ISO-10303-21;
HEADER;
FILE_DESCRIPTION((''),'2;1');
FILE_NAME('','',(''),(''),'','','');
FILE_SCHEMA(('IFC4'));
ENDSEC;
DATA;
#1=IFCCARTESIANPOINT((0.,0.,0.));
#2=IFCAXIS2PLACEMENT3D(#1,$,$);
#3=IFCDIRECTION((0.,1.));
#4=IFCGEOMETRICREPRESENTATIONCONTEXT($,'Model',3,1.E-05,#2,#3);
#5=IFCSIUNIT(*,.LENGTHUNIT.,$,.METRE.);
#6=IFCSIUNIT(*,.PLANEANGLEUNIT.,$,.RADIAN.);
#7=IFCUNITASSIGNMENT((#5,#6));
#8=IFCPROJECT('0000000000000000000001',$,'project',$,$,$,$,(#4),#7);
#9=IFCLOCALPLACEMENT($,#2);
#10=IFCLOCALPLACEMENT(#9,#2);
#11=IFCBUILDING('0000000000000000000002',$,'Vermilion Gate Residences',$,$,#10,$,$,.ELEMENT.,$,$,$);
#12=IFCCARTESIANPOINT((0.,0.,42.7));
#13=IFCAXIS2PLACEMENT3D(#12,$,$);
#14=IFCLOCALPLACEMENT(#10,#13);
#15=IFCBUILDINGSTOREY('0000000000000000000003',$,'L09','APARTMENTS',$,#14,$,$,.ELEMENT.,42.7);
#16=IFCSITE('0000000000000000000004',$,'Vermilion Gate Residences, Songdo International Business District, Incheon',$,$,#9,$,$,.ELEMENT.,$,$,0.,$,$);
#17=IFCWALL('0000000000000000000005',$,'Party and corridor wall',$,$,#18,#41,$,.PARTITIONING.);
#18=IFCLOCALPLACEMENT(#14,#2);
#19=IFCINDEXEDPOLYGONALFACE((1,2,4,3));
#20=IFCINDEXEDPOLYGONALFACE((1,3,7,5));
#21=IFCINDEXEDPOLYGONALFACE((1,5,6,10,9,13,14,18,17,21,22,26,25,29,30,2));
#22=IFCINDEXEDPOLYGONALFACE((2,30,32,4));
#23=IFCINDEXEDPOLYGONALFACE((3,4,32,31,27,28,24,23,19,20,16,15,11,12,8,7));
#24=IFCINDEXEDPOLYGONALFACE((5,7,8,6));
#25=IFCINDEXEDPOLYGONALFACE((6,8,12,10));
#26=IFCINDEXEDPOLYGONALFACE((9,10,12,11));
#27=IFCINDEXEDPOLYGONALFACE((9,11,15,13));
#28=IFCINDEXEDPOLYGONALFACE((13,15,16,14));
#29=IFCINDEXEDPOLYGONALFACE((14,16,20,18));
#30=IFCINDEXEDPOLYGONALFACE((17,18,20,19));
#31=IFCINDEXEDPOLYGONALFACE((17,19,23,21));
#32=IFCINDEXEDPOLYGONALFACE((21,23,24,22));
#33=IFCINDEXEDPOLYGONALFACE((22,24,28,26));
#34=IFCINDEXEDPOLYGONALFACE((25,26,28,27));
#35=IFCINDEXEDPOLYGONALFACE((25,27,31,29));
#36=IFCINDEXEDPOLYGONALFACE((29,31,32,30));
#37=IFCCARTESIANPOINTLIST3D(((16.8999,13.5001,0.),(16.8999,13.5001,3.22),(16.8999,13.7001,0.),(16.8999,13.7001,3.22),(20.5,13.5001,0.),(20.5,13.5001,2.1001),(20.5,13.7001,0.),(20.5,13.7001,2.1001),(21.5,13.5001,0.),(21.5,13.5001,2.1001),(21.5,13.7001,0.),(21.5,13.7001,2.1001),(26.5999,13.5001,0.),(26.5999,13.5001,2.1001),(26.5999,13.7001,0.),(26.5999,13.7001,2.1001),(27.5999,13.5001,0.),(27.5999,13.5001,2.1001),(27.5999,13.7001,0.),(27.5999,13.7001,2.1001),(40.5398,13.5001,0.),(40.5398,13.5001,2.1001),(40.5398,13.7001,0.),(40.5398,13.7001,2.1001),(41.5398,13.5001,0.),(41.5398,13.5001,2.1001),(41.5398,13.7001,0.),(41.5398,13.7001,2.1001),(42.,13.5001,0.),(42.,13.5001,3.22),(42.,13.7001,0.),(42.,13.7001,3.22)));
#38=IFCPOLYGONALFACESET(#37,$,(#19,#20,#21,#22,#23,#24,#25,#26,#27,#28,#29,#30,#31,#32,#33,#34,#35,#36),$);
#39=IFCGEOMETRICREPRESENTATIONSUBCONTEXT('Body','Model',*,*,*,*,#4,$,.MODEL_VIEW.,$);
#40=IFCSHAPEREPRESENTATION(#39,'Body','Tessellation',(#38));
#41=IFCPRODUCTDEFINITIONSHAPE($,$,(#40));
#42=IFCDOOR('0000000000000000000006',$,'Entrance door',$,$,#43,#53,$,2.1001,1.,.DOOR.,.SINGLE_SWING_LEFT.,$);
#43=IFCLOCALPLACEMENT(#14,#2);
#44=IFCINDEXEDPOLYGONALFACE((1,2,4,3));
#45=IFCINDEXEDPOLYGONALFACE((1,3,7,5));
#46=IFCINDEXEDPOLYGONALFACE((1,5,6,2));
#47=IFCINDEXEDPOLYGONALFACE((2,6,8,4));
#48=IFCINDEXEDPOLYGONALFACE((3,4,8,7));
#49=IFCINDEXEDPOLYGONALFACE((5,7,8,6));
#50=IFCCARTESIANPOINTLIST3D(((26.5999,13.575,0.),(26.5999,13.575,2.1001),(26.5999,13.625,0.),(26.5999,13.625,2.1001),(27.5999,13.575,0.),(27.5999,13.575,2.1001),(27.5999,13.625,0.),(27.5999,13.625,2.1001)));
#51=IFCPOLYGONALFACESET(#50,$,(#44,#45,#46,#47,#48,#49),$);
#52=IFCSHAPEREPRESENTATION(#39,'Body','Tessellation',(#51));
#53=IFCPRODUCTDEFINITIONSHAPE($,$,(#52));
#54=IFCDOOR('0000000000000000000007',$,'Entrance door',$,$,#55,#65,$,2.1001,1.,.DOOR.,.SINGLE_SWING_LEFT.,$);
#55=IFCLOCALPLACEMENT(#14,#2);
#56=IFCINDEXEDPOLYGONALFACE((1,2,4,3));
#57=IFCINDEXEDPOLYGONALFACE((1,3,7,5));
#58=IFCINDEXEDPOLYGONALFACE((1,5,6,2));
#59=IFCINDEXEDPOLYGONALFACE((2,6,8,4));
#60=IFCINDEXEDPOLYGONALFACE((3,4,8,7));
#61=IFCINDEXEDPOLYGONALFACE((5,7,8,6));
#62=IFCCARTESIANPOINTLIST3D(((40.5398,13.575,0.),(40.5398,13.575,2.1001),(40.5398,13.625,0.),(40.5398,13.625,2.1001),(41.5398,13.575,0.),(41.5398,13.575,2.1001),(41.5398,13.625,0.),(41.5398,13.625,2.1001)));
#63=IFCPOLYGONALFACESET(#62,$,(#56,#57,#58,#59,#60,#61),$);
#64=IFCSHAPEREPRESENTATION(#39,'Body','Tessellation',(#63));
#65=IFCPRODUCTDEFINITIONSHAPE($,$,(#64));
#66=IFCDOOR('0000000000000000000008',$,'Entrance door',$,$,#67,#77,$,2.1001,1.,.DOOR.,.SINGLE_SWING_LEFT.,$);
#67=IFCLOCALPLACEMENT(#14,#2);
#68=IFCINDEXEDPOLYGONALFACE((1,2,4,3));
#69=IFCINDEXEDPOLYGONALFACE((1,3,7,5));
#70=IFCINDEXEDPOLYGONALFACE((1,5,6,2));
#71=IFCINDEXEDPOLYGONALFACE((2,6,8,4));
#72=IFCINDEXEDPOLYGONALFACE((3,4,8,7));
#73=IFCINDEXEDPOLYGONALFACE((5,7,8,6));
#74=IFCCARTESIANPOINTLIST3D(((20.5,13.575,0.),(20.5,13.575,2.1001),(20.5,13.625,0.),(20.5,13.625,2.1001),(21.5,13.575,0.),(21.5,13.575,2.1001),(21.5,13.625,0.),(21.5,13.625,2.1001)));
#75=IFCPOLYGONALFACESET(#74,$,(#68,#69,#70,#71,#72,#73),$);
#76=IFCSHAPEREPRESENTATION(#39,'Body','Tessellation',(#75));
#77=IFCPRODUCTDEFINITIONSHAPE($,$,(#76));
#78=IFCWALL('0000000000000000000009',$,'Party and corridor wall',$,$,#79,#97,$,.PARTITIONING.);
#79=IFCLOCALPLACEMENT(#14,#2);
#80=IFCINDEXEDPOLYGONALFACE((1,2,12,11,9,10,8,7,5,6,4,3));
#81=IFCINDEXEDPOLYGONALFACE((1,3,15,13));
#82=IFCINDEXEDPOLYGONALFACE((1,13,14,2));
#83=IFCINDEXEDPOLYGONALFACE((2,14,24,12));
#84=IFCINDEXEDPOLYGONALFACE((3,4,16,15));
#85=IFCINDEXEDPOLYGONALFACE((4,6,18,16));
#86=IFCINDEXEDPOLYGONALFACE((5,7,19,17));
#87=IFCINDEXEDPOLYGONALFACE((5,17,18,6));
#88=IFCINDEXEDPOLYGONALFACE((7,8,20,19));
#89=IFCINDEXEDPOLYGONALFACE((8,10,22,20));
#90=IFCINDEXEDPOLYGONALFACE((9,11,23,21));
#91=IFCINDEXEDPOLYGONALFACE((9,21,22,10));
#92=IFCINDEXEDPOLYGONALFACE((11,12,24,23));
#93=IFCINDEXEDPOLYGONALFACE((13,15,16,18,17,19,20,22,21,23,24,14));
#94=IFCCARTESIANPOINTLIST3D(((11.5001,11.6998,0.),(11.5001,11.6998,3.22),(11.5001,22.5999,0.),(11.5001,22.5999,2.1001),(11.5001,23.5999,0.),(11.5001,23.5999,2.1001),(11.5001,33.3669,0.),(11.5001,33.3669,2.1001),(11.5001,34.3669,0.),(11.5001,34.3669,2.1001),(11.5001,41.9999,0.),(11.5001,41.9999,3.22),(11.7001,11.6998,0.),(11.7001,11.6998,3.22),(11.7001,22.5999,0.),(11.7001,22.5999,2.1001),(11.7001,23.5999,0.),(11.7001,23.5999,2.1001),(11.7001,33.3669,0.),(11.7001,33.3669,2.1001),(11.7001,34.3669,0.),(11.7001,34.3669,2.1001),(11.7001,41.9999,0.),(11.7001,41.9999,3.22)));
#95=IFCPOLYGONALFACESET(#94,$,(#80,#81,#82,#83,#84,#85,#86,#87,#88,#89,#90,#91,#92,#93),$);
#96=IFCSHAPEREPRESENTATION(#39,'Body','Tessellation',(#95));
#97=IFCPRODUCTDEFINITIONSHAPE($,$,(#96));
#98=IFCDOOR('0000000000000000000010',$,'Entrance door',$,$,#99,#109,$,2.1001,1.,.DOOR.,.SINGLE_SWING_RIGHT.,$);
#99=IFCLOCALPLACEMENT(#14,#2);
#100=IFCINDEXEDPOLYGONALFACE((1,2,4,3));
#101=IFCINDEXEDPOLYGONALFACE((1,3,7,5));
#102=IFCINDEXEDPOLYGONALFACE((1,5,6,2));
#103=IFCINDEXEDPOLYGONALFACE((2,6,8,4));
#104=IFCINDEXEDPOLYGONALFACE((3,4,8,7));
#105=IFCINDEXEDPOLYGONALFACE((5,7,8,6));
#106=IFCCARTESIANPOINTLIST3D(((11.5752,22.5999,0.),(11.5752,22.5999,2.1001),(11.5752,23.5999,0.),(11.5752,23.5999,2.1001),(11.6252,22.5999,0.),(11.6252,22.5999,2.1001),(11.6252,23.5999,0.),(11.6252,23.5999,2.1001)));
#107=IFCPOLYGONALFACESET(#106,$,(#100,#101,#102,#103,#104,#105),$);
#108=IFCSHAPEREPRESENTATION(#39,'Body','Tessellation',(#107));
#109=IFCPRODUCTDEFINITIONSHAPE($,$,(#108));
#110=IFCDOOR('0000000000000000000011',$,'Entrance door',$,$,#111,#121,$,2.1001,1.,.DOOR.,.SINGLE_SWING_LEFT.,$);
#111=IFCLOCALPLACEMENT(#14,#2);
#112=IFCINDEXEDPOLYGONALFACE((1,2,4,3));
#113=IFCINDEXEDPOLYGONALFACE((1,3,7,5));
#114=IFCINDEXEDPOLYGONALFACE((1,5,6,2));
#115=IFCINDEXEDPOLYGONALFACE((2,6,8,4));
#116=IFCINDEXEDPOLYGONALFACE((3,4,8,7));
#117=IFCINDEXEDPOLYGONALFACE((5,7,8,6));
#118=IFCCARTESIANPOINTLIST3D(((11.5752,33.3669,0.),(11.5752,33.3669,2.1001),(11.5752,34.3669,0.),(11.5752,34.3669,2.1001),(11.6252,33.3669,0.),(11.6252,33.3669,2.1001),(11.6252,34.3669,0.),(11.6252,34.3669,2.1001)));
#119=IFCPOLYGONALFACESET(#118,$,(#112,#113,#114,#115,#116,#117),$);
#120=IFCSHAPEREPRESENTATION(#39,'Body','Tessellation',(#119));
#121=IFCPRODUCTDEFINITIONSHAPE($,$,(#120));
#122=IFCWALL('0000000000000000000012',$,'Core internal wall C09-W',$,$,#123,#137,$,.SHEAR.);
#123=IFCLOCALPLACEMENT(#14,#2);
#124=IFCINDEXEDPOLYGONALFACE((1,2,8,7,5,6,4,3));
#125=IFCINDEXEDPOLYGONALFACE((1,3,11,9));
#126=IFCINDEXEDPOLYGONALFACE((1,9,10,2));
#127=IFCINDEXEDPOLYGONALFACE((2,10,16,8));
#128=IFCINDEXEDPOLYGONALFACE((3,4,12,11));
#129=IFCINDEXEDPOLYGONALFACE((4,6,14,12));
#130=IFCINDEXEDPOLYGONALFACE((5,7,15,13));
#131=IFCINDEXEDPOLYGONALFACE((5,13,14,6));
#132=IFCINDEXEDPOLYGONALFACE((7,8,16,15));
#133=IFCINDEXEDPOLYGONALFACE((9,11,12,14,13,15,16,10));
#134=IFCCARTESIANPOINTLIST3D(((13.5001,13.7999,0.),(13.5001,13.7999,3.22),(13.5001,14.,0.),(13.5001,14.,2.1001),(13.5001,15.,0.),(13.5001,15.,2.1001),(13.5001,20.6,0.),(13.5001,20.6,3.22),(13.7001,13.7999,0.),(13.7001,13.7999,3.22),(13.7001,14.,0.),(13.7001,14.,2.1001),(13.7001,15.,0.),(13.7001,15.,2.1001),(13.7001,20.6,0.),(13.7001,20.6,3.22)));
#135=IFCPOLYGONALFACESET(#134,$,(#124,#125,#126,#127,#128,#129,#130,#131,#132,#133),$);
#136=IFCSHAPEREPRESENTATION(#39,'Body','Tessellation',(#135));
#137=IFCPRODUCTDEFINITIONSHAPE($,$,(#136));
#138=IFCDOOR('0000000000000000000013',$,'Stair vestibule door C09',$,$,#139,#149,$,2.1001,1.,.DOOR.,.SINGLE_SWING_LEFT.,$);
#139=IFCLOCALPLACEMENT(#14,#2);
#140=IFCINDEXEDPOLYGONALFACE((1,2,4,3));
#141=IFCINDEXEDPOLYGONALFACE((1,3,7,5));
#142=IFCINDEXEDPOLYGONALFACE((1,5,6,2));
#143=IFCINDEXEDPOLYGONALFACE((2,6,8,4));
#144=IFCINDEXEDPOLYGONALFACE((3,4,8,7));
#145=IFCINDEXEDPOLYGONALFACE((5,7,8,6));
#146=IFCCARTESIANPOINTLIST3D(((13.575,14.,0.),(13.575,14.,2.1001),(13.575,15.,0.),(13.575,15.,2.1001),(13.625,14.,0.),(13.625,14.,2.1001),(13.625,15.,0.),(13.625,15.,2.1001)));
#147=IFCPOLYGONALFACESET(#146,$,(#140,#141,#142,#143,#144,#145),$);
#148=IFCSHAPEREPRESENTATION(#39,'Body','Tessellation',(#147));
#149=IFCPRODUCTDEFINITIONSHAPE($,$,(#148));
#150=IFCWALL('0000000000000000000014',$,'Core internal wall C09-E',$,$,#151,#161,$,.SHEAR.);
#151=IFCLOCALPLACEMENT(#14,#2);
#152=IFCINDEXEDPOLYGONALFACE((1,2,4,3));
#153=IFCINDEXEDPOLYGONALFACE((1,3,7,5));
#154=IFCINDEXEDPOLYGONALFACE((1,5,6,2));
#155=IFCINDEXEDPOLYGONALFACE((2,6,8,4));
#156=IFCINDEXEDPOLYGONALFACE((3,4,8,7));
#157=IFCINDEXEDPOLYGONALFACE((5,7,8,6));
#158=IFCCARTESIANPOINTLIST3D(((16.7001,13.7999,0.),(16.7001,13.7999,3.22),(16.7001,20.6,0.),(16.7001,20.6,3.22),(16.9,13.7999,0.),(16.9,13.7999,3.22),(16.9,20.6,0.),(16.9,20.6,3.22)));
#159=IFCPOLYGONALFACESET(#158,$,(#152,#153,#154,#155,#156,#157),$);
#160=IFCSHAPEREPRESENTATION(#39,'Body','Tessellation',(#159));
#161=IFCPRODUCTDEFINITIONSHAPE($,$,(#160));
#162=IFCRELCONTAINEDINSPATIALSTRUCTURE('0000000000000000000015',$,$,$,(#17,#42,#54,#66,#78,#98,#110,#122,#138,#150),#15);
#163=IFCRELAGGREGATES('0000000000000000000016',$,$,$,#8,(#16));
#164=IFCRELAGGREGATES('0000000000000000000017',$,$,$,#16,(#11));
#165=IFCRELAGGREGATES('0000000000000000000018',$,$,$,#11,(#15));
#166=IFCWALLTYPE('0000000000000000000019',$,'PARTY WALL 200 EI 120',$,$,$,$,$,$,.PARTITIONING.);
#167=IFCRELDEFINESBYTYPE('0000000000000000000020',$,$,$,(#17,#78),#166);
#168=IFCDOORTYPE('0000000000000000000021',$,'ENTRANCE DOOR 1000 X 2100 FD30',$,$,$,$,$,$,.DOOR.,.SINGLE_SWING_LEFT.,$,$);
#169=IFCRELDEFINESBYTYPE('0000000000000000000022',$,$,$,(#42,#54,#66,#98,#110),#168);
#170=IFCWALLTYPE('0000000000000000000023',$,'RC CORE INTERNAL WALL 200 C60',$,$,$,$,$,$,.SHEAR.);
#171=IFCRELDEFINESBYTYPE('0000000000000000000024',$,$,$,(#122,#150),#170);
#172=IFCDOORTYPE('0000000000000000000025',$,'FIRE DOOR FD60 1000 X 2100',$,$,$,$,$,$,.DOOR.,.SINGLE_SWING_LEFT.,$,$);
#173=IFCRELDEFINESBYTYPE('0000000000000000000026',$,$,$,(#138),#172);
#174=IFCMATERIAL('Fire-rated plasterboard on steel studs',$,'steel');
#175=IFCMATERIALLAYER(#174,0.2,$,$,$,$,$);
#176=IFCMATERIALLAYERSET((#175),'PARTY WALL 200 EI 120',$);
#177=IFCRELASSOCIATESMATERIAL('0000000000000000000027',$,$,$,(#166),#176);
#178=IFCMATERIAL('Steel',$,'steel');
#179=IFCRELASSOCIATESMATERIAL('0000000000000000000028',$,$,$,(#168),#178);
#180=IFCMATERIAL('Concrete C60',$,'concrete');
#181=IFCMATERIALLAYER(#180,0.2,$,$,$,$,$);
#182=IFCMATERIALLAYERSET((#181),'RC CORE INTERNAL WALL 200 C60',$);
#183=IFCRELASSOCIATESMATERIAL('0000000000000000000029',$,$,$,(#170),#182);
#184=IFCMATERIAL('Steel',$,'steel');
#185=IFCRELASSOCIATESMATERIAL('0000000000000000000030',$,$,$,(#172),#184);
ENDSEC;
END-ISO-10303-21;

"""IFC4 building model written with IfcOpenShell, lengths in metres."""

from ifc_helpers import new_model, si_unit, direction, frame, frame_2d, origin, place, context, subcontext, project, spatial, rectangle, extrude, material, layer, layer_set, type_object, element, fill, save


model = new_model("IFC4")

# Units and contexts
model_context = context("Model", 3, precision=1e-05, world=origin(), true_north=direction((0.0, 1.0)))
body_context = subcontext(model_context, "Body", "Model", "MODEL_VIEW")
ifc_project = project(units=[si_unit("LENGTHUNIT", "METRE"), si_unit("PLANEANGLEUNIT", "RADIAN")], contexts=[model_context])

# Site, building, storey
site_placement = place(None, origin())
site = spatial("IfcSite", under=ifc_project, at=site_placement, Name="Vermilion Gate Residences, Songdo International Business District, Incheon", CompositionType="ELEMENT", RefElevation=0.0)
building_placement = place(site_placement, origin())
building = spatial("IfcBuilding", under=site, at=building_placement, Name="Vermilion Gate Residences", CompositionType="ELEMENT")
storey_placement = place(building_placement, frame((0.0, 0.0, 42.7)))
storey = spatial("IfcBuildingStorey", under=building, at=storey_placement, Name="L09", Description="APARTMENTS", CompositionType="ELEMENT", Elevation=42.7)

# Walls, openings, doors
ifc_material_1 = material(Name="Fire-rated plasterboard on steel studs", Category="steel")
ifc_layer_1 = layer(ifc_material_1, 0.2)
ifc_layer_set_1 = layer_set([ifc_layer_1], Name="PARTY WALL 200 EI 120")
wall_type_1 = type_object("IfcWallType", Name="PARTY WALL 200 EI 120", PredefinedType="PARTITIONING", material=ifc_layer_set_1)
wall_1_placement = place(storey_placement, frame((16.8999, 13.6001, 0.0), z_axis=(0.0, 0.0, 1.0), x_axis=(1.0, 0.0, 0.0)))
wall_1 = element("IfcWall", 1, at=wall_1_placement, inside=storey, type_object=wall_type_1, Name="Party and corridor wall", PredefinedType="PARTITIONING", context=body_context, shape_type="SweptSolid", body=[
    extrude(rectangle(XDim=25.1001, YDim=0.2, at=frame_2d((12.55, 0.0))), origin(), (0.0, 0.0, 1.0), 3.22),
])
opening_1_placement = place(wall_1_placement, frame((9.7, 0.0, 0.0)))
opening_1 = element("IfcOpeningElement", 2, at=opening_1_placement, cuts=wall_1, PredefinedType="OPENING", context=body_context, shape_type="SweptSolid", body=[
    extrude(rectangle(XDim=1.0, YDim=2.1001, at=frame_2d((0.5, 1.05))), frame((0.0, 0.1099, 0.0), z_axis=(0.0, -1.0, 0.0), x_axis=(1.0, 0.0, 0.0)), (0.0, 0.0, 1.0), 0.22),
])
opening_2_placement = place(wall_1_placement, frame((23.6399, 0.0, 0.0)))
opening_2 = element("IfcOpeningElement", 3, at=opening_2_placement, cuts=wall_1, PredefinedType="OPENING", context=body_context, shape_type="SweptSolid", body=[
    extrude(rectangle(XDim=1.0, YDim=2.1001, at=frame_2d((0.5, 1.05))), frame((0.0, 0.1099, 0.0), z_axis=(0.0, -1.0, 0.0), x_axis=(1.0, 0.0, 0.0)), (0.0, 0.0, 1.0), 0.22),
])
opening_3_placement = place(wall_1_placement, frame((3.6001, 0.0, 0.0)))
opening_3 = element("IfcOpeningElement", 4, at=opening_3_placement, cuts=wall_1, PredefinedType="OPENING", context=body_context, shape_type="SweptSolid", body=[
    extrude(rectangle(XDim=1.0, YDim=2.1001, at=frame_2d((0.5, 1.05))), frame((0.0, 0.1099, 0.0), z_axis=(0.0, -1.0, 0.0), x_axis=(1.0, 0.0, 0.0)), (0.0, 0.0, 1.0), 0.22),
])
ifc_material_2 = material(Name="Steel", Category="steel")
door_type_1 = type_object("IfcDoorType", Name="ENTRANCE DOOR 1000 X 2100 FD30", OperationType="SINGLE_SWING_LEFT", PredefinedType="DOOR", material=ifc_material_2)
door_1_placement = place(opening_1_placement, origin())
door_1 = element("IfcDoor", 5, at=door_1_placement, inside=storey, type_object=door_type_1, Name="Entrance door", OperationType="SINGLE_SWING_LEFT", OverallHeight=2.1001, OverallWidth=1.0, PredefinedType="DOOR", context=body_context, shape_type="SweptSolid", body=[
    extrude(rectangle(XDim=1.0, YDim=2.1001, at=frame_2d((0.5, 1.05))), frame((0.0, 0.0249, 0.0), z_axis=(0.0, -1.0, 0.0), x_axis=(1.0, 0.0, 0.0)), (0.0, 0.0, 1.0), 0.05),
])
fill(opening_1, door_1)
door_2_placement = place(opening_2_placement, origin())
door_2 = element("IfcDoor", 6, at=door_2_placement, inside=storey, type_object=door_type_1, Name="Entrance door", OperationType="SINGLE_SWING_LEFT", OverallHeight=2.1001, OverallWidth=1.0, PredefinedType="DOOR", context=body_context, shape_type="SweptSolid", body=[
    extrude(rectangle(XDim=1.0, YDim=2.1001, at=frame_2d((0.5, 1.05))), frame((0.0, 0.0249, 0.0), z_axis=(0.0, -1.0, 0.0), x_axis=(1.0, 0.0, 0.0)), (0.0, 0.0, 1.0), 0.05),
])
fill(opening_2, door_2)
door_3_placement = place(opening_3_placement, origin())
door_3 = element("IfcDoor", 7, at=door_3_placement, inside=storey, type_object=door_type_1, Name="Entrance door", OperationType="SINGLE_SWING_LEFT", OverallHeight=2.1001, OverallWidth=1.0, PredefinedType="DOOR", context=body_context, shape_type="SweptSolid", body=[
    extrude(rectangle(XDim=1.0, YDim=2.1001, at=frame_2d((0.5, 1.05))), frame((0.0, 0.0249, 0.0), z_axis=(0.0, -1.0, 0.0), x_axis=(1.0, 0.0, 0.0)), (0.0, 0.0, 1.0), 0.05),
])
fill(opening_3, door_3)
wall_2_placement = place(storey_placement, frame((11.6001, 11.7, 0.0), z_axis=(0.0, 0.0, 1.0), x_axis=(0.0, 1.0, 0.0)))
wall_2 = element("IfcWall", 8, at=wall_2_placement, inside=storey, type_object=wall_type_1, Name="Party and corridor wall", PredefinedType="PARTITIONING", context=body_context, shape_type="SweptSolid", body=[
    extrude(rectangle(XDim=30.3, YDim=0.2, at=frame_2d((15.1499, 0.0))), origin(), (0.0, 0.0, 1.0), 3.22),
])
opening_4_placement = place(wall_2_placement, frame((10.8999, 0.0, 0.0)))
opening_4 = element("IfcOpeningElement", 9, at=opening_4_placement, cuts=wall_2, PredefinedType="OPENING", context=body_context, shape_type="SweptSolid", body=[
    extrude(rectangle(XDim=1.0, YDim=2.1001, at=frame_2d((0.5, 1.05))), frame((0.0, 0.1099, 0.0), z_axis=(0.0, -1.0, 0.0), x_axis=(1.0, 0.0, 0.0)), (0.0, 0.0, 1.0), 0.22),
])
opening_5_placement = place(wall_2_placement, frame((21.667, 0.0, 0.0)))
opening_5 = element("IfcOpeningElement", 10, at=opening_5_placement, cuts=wall_2, PredefinedType="OPENING", context=body_context, shape_type="SweptSolid", body=[
    extrude(rectangle(XDim=1.0, YDim=2.1001, at=frame_2d((0.5, 1.05))), frame((0.0, 0.1099, 0.0), z_axis=(0.0, -1.0, 0.0), x_axis=(1.0, 0.0, 0.0)), (0.0, 0.0, 1.0), 0.22),
])
door_4_placement = place(opening_4_placement, origin())
door_4 = element("IfcDoor", 11, at=door_4_placement, inside=storey, type_object=door_type_1, Name="Entrance door", OperationType="SINGLE_SWING_RIGHT", OverallHeight=2.1001, OverallWidth=1.0, PredefinedType="DOOR", context=body_context, shape_type="SweptSolid", body=[
    extrude(rectangle(XDim=1.0, YDim=2.1001, at=frame_2d((0.5, 1.05))), frame((0.0, 0.0249, 0.0), z_axis=(0.0, -1.0, 0.0), x_axis=(1.0, 0.0, 0.0)), (0.0, 0.0, 1.0), 0.05),
])
fill(opening_4, door_4)
door_5_placement = place(opening_5_placement, origin())
door_5 = element("IfcDoor", 12, at=door_5_placement, inside=storey, type_object=door_type_1, Name="Entrance door", OperationType="SINGLE_SWING_LEFT", OverallHeight=2.1001, OverallWidth=1.0, PredefinedType="DOOR", context=body_context, shape_type="SweptSolid", body=[
    extrude(rectangle(XDim=1.0, YDim=2.1001, at=frame_2d((0.5, 1.05))), frame((0.0, 0.0249, 0.0), z_axis=(0.0, -1.0, 0.0), x_axis=(1.0, 0.0, 0.0)), (0.0, 0.0, 1.0), 0.05),
])
fill(opening_5, door_5)

# Wall, opening, door
ifc_material_3 = material(Name="Concrete C60", Category="concrete")
ifc_layer_2 = layer(ifc_material_3, 0.2)
ifc_layer_set_2 = layer_set([ifc_layer_2], Name="RC CORE INTERNAL WALL 200 C60")
wall_type_2 = type_object("IfcWallType", Name="RC CORE INTERNAL WALL 200 C60", PredefinedType="SHEAR", material=ifc_layer_set_2)
wall_3_placement = place(storey_placement, frame((13.6001, 13.8, 0.0), z_axis=(0.0, 0.0, 1.0), x_axis=(0.0, 1.0, 0.0)))
wall_3 = element("IfcWall", 13, at=wall_3_placement, inside=storey, type_object=wall_type_2, Name="Core internal wall C09-W", PredefinedType="SHEAR", context=body_context, shape_type="SweptSolid", body=[
    extrude(rectangle(XDim=6.8, YDim=0.2, at=frame_2d((3.3999, 0.0))), origin(), (0.0, 0.0, 1.0), 3.22),
])
opening_6_placement = place(wall_3_placement, frame((0.2, 0.0, 0.0)))
opening_6 = element("IfcOpeningElement", 14, at=opening_6_placement, cuts=wall_3, PredefinedType="OPENING", context=body_context, shape_type="SweptSolid", body=[
    extrude(rectangle(XDim=1.0, YDim=2.1001, at=frame_2d((0.5, 1.05))), frame((0.0, 0.1099, 0.0), z_axis=(0.0, -1.0, 0.0), x_axis=(1.0, 0.0, 0.0)), (0.0, 0.0, 1.0), 0.22),
])
ifc_material_4 = material(Name="Steel", Category="steel")
door_type_2 = type_object("IfcDoorType", Name="FIRE DOOR FD60 1000 X 2100", OperationType="SINGLE_SWING_LEFT", PredefinedType="DOOR", material=ifc_material_4)
door_6_placement = place(opening_6_placement, frame((1.0, 0.0, 0.0), z_axis=(0.0, 0.0, 1.0), x_axis=(-1.0, 0.0, 0.0)))
door_6 = element("IfcDoor", 15, at=door_6_placement, inside=storey, type_object=door_type_2, Name="Stair vestibule door C09", OperationType="SINGLE_SWING_LEFT", OverallHeight=2.1001, OverallWidth=1.0, PredefinedType="DOOR", context=body_context, shape_type="SweptSolid", body=[
    extrude(rectangle(XDim=1.0, YDim=2.1001, at=frame_2d((0.5, 1.05))), frame((0.0, 0.0249, 0.0), z_axis=(0.0, -1.0, 0.0), x_axis=(1.0, 0.0, 0.0)), (0.0, 0.0, 1.0), 0.05),
])
fill(opening_6, door_6)

# Wall
wall_4_placement = place(storey_placement, frame((16.8, 13.8, 0.0), z_axis=(0.0, 0.0, 1.0), x_axis=(0.0, 1.0, 0.0)))
element("IfcWall", 16, at=wall_4_placement, inside=storey, type_object=wall_type_2, Name="Core internal wall C09-E", PredefinedType="SHEAR", context=body_context, shape_type="SweptSolid", body=[
    extrude(rectangle(XDim=6.8, YDim=0.2, at=frame_2d((3.3999, 0.0))), origin(), (0.0, 0.0, 1.0), 3.22),
])

save(model, "model.ifc")
